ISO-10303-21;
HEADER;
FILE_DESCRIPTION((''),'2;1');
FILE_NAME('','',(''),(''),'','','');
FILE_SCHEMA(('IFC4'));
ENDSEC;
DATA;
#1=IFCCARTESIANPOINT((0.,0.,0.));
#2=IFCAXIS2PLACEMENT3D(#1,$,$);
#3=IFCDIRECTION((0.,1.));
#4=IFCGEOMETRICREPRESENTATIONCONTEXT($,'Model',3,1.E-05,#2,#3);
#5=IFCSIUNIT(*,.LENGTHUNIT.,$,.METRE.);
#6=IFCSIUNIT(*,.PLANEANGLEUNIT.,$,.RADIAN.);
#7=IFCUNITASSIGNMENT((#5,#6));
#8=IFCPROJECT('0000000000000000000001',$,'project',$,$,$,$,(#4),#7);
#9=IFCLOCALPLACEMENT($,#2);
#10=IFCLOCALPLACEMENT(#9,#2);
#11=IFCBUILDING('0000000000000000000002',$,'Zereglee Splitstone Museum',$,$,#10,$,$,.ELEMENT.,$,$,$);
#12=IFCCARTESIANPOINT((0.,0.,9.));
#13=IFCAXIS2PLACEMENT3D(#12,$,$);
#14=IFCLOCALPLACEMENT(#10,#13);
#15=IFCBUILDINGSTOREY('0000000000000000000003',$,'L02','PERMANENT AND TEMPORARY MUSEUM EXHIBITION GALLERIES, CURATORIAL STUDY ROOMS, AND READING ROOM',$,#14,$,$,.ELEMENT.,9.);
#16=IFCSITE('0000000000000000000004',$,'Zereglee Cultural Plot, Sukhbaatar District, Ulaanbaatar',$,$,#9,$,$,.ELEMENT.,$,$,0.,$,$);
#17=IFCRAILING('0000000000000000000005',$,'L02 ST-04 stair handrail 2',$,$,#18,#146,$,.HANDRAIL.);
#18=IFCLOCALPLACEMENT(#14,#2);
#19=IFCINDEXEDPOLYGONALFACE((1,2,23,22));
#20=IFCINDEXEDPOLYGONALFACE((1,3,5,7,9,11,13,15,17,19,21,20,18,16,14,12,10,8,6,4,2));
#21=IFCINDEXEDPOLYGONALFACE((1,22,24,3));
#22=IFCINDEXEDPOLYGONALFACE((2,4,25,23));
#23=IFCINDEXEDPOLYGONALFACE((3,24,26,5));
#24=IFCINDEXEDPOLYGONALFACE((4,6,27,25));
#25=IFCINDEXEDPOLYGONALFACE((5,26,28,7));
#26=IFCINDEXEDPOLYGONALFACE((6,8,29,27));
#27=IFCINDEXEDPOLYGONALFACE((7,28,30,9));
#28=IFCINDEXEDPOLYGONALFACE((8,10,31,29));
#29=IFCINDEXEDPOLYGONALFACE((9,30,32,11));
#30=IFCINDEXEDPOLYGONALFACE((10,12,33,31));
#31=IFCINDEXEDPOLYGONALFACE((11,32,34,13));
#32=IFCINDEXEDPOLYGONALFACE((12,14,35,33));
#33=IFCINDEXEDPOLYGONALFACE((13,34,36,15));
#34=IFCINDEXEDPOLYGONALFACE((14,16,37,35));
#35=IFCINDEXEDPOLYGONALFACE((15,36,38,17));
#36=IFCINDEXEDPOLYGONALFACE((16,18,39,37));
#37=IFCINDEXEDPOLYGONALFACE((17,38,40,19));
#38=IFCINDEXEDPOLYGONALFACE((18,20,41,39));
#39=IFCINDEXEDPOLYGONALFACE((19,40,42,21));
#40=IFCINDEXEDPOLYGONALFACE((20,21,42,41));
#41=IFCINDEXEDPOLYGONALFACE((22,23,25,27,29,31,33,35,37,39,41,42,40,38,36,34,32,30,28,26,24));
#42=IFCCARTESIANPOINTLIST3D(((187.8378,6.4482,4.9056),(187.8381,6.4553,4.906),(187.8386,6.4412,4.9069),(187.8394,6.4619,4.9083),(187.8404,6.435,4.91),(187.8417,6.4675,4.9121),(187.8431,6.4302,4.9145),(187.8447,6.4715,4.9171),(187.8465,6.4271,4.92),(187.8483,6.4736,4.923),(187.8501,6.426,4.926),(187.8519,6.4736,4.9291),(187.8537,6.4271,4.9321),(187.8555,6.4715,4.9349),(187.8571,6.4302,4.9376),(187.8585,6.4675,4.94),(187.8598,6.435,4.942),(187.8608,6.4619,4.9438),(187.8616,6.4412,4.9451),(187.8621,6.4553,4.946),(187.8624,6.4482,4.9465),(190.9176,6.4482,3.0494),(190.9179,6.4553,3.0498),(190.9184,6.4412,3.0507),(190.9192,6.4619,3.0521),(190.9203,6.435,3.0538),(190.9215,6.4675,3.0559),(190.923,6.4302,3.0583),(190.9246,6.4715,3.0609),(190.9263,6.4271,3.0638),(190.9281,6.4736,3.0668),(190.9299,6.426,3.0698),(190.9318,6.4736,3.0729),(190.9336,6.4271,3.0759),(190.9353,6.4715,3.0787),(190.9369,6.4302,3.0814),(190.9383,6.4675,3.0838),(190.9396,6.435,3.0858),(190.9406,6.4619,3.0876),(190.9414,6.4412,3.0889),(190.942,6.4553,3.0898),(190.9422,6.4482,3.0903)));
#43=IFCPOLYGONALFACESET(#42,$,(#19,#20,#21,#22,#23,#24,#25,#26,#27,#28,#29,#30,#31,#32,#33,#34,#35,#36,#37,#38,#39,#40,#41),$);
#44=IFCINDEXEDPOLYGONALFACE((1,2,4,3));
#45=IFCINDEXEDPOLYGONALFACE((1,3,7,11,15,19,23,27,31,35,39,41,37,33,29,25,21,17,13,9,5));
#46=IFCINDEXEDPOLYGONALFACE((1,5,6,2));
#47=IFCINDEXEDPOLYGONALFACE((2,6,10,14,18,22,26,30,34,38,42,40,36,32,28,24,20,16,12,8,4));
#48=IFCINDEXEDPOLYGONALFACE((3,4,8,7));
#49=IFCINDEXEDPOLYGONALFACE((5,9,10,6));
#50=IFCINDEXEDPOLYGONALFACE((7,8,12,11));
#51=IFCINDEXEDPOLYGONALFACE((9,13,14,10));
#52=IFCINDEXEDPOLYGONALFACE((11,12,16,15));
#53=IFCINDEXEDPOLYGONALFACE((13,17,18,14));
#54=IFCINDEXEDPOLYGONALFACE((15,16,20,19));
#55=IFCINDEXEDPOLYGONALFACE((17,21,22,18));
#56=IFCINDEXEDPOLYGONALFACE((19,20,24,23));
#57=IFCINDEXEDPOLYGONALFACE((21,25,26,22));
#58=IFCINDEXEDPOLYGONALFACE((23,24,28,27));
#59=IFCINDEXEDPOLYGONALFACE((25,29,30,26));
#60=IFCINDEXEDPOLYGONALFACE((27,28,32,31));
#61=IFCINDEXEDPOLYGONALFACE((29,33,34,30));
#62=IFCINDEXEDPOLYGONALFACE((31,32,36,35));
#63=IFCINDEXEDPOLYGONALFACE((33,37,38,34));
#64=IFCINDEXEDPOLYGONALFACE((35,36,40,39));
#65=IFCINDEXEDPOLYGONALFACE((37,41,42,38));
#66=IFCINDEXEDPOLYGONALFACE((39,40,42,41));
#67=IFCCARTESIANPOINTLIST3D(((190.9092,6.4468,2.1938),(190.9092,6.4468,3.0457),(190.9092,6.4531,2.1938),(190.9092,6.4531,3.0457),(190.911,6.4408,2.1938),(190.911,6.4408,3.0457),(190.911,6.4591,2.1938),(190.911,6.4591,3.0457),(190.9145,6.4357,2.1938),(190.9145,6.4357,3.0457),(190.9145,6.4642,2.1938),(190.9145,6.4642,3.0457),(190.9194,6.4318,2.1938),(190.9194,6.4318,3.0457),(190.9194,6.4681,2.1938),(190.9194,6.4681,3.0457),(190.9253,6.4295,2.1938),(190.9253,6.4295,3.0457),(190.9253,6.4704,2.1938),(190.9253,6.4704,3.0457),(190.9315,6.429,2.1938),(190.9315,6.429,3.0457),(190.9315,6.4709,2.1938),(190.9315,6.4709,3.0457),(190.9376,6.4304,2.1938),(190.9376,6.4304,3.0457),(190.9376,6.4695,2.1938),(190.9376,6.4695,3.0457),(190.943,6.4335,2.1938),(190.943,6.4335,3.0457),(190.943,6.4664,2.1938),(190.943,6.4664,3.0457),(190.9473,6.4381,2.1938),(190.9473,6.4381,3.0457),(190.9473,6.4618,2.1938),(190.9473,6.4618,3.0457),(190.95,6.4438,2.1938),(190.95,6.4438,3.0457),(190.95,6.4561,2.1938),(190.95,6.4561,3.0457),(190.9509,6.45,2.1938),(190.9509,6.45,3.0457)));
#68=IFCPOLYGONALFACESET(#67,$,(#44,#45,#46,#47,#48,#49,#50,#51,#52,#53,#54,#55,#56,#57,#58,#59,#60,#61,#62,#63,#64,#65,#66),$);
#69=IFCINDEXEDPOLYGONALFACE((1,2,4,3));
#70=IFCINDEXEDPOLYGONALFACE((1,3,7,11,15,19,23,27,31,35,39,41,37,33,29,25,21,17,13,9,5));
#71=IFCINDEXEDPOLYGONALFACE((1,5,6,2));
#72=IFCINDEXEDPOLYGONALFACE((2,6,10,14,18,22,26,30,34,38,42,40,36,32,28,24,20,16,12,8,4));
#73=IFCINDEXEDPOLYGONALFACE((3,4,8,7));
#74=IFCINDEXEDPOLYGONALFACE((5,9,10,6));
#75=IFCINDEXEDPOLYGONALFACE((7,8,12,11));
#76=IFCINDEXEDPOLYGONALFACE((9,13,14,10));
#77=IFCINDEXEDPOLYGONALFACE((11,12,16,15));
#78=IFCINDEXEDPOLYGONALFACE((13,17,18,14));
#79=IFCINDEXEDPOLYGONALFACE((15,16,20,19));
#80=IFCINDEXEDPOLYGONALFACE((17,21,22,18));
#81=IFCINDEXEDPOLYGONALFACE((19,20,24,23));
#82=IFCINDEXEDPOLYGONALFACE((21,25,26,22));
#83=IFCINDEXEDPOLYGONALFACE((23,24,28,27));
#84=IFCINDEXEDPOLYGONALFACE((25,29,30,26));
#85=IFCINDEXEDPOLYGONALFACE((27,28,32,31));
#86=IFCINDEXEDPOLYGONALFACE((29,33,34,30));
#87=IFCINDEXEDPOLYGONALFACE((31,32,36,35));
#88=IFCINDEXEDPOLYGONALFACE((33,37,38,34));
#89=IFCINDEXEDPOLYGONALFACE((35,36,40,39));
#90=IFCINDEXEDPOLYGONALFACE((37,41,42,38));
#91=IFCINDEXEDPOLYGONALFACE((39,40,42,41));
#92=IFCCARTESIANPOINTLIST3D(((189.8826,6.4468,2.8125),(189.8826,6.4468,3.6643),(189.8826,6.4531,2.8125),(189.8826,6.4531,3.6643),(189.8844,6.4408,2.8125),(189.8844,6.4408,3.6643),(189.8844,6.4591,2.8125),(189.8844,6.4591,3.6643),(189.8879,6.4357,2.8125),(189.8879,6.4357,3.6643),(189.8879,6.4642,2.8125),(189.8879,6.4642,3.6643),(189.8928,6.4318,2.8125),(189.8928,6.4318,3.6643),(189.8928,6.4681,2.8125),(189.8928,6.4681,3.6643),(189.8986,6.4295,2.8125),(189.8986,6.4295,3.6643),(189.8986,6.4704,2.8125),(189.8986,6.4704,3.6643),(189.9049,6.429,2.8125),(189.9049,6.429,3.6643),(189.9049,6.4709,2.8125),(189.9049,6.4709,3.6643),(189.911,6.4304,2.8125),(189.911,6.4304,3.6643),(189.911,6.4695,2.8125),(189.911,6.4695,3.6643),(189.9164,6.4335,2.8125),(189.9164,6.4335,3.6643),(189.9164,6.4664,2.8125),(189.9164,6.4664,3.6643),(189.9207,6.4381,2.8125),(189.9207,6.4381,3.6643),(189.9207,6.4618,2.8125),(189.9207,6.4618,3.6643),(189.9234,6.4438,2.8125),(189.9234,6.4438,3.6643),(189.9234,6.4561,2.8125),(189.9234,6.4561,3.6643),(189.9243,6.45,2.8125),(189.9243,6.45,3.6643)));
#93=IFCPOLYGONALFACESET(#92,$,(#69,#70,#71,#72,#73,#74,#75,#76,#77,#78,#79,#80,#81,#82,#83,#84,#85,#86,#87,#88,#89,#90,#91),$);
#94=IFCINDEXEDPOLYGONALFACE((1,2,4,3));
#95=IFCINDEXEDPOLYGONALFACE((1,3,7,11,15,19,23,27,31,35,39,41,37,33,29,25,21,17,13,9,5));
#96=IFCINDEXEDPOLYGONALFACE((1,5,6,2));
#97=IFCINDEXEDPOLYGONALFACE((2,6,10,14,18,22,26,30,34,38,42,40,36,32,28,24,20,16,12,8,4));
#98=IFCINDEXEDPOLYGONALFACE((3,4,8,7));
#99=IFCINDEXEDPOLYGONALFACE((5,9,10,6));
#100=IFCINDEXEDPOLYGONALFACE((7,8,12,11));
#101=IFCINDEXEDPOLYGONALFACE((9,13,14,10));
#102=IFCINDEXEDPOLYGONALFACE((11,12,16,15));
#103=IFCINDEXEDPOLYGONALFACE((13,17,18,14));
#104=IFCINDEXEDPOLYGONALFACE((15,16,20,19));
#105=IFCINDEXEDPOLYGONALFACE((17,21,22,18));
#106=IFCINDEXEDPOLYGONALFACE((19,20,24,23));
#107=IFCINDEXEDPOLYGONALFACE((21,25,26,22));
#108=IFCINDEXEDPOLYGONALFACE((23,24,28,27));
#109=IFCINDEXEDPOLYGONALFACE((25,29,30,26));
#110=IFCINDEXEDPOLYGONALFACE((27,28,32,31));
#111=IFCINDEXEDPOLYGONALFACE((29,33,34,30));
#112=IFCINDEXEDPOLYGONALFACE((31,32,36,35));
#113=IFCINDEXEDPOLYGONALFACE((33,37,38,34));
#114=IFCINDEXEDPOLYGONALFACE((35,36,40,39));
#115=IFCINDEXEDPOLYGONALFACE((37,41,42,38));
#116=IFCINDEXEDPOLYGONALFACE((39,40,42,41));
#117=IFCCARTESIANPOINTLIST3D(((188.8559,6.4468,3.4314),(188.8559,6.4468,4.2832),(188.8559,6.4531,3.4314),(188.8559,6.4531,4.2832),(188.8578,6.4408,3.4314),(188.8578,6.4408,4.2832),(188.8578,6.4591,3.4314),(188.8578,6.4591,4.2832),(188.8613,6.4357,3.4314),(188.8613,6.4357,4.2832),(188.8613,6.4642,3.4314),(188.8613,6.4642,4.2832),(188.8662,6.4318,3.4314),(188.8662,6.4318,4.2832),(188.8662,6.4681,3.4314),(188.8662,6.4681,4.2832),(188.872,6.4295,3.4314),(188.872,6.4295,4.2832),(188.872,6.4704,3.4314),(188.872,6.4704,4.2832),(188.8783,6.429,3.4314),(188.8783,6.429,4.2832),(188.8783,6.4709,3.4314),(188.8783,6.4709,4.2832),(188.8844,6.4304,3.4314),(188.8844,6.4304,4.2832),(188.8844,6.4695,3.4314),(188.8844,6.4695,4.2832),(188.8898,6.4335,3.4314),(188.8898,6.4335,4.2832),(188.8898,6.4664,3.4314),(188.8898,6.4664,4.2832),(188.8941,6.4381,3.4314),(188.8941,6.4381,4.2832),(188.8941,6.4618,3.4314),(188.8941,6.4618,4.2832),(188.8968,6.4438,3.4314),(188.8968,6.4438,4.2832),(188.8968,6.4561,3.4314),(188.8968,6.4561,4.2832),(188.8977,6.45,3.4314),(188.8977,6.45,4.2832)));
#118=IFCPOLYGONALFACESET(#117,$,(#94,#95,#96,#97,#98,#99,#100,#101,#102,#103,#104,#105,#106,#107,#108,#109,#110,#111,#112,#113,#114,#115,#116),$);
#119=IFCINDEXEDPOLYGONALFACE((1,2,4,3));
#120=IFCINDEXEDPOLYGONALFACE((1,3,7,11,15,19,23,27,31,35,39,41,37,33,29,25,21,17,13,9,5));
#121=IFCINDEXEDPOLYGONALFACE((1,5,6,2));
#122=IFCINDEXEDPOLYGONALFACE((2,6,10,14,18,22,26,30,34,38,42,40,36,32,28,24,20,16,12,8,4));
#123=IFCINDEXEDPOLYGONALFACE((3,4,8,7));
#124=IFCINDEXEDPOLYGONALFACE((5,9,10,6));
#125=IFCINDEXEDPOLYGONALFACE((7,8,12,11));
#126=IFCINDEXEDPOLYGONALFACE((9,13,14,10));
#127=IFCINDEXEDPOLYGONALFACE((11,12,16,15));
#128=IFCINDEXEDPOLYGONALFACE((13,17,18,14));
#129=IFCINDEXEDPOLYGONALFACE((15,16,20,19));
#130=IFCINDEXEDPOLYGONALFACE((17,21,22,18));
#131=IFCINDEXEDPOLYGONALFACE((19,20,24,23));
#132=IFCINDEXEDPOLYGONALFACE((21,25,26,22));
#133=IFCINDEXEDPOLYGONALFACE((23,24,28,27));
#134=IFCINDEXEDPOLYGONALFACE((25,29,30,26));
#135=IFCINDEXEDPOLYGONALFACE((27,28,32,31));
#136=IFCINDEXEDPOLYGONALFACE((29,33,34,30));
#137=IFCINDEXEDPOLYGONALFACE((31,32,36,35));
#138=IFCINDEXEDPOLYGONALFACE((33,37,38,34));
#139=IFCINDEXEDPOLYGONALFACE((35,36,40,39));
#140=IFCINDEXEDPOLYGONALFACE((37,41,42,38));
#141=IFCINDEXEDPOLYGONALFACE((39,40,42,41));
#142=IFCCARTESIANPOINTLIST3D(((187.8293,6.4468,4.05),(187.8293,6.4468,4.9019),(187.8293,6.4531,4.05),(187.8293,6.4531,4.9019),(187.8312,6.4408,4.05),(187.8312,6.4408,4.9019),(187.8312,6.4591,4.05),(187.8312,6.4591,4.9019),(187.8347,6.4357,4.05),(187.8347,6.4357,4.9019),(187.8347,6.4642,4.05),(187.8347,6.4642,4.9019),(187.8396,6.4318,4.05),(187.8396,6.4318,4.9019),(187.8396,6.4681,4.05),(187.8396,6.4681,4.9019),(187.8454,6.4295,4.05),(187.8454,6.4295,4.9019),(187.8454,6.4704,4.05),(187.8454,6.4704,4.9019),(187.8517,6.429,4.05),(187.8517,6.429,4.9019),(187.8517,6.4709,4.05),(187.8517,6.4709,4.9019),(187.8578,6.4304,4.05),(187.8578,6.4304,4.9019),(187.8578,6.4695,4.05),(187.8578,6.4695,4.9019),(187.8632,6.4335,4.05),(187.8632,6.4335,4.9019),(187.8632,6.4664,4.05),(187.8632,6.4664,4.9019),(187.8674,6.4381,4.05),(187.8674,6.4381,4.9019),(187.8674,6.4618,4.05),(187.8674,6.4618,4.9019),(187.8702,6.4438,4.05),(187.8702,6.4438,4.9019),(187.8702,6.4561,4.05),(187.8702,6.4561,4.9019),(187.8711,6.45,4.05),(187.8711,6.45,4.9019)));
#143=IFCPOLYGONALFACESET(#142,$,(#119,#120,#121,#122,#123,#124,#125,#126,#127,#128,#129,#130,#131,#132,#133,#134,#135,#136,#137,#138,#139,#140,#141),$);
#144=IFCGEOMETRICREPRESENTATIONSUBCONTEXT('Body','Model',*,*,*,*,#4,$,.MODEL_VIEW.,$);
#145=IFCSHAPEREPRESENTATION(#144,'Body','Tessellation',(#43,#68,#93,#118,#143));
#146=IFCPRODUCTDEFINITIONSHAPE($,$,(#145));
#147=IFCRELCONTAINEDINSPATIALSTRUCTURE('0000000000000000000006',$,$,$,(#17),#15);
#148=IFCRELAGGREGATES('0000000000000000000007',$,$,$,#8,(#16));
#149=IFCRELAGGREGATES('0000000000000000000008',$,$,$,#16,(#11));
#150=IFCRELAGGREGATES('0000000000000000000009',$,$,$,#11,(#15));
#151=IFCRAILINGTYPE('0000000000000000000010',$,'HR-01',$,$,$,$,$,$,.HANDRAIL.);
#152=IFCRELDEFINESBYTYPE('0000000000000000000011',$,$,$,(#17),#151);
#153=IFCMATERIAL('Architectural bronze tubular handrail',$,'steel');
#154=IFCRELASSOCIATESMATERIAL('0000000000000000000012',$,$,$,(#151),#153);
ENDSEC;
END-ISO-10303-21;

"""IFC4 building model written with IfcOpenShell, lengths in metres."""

from ifc_helpers import new_model, si_unit, direction, frame, origin, origin_2d, place, context, subcontext, project, spatial, circle, extrude, material, type_object, element, save


model = new_model("IFC4")

# Units and contexts
model_context = context("Model", 3, precision=1e-05, world=origin(), true_north=direction((0.0, 1.0)))
body_context = subcontext(model_context, "Body", "Model", "MODEL_VIEW")
ifc_project = project(units=[si_unit("LENGTHUNIT", "METRE"), si_unit("PLANEANGLEUNIT", "RADIAN")], contexts=[model_context])

# Site, building, storey
site_placement = place(None, origin())
site = spatial("IfcSite", under=ifc_project, at=site_placement, Name="Zereglee Cultural Plot, Sukhbaatar District, Ulaanbaatar", CompositionType="ELEMENT", RefElevation=0.0)
building_placement = place(site_placement, origin())
building = spatial("IfcBuilding", under=site, at=building_placement, Name="Zereglee Splitstone Museum", CompositionType="ELEMENT")
storey_placement = place(building_placement, frame((0.0, 0.0, 9.0)))
storey = spatial("IfcBuildingStorey", under=building, at=storey_placement, Name="L02", Description="PERMANENT AND TEMPORARY MUSEUM EXHIBITION GALLERIES, CURATORIAL STUDY ROOMS, AND READING ROOM", CompositionType="ELEMENT", Elevation=9.0)

# Railing
ifc_material_1 = material(Name="Architectural bronze tubular handrail", Category="steel")
railing_type_1 = type_object("IfcRailingType", Name="HR-01", PredefinedType="HANDRAIL", material=ifc_material_1)
railing_1_placement = place(storey_placement, frame((190.9299, 6.45, 2.1938)))
element("IfcRailing", 1, at=railing_1_placement, inside=storey, type_object=railing_type_1, Name="L02 ST-04 stair handrail 2", PredefinedType="HANDRAIL", context=body_context, shape_type="SweptSolid", body=[
    extrude(circle(Radius=0.0239, at=origin_2d()), frame((0.0, 0.0, 0.876), z_axis=(-0.856473, 0.0, 0.516192), x_axis=(0.0, -1.0, 0.0)), (0.0, 0.0, 1.0), 3.5959),
    extrude(circle(Radius=0.021, at=origin_2d()), origin(), (0.0, 0.0, 1.0), 0.8518),
    extrude(circle(Radius=0.021, at=origin_2d()), frame((-1.0266, 0.0, 0.6187)), (0.0, 0.0, 1.0), 0.8518),
    extrude(circle(Radius=0.021, at=origin_2d()), frame((-2.0532, 0.0, 1.2375)), (0.0, 0.0, 1.0), 0.8518),
    extrude(circle(Radius=0.021, at=origin_2d()), frame((-3.0798, 0.0, 1.8562)), (0.0, 0.0, 1.0), 0.8518),
])

save(model, "model.ifc")
